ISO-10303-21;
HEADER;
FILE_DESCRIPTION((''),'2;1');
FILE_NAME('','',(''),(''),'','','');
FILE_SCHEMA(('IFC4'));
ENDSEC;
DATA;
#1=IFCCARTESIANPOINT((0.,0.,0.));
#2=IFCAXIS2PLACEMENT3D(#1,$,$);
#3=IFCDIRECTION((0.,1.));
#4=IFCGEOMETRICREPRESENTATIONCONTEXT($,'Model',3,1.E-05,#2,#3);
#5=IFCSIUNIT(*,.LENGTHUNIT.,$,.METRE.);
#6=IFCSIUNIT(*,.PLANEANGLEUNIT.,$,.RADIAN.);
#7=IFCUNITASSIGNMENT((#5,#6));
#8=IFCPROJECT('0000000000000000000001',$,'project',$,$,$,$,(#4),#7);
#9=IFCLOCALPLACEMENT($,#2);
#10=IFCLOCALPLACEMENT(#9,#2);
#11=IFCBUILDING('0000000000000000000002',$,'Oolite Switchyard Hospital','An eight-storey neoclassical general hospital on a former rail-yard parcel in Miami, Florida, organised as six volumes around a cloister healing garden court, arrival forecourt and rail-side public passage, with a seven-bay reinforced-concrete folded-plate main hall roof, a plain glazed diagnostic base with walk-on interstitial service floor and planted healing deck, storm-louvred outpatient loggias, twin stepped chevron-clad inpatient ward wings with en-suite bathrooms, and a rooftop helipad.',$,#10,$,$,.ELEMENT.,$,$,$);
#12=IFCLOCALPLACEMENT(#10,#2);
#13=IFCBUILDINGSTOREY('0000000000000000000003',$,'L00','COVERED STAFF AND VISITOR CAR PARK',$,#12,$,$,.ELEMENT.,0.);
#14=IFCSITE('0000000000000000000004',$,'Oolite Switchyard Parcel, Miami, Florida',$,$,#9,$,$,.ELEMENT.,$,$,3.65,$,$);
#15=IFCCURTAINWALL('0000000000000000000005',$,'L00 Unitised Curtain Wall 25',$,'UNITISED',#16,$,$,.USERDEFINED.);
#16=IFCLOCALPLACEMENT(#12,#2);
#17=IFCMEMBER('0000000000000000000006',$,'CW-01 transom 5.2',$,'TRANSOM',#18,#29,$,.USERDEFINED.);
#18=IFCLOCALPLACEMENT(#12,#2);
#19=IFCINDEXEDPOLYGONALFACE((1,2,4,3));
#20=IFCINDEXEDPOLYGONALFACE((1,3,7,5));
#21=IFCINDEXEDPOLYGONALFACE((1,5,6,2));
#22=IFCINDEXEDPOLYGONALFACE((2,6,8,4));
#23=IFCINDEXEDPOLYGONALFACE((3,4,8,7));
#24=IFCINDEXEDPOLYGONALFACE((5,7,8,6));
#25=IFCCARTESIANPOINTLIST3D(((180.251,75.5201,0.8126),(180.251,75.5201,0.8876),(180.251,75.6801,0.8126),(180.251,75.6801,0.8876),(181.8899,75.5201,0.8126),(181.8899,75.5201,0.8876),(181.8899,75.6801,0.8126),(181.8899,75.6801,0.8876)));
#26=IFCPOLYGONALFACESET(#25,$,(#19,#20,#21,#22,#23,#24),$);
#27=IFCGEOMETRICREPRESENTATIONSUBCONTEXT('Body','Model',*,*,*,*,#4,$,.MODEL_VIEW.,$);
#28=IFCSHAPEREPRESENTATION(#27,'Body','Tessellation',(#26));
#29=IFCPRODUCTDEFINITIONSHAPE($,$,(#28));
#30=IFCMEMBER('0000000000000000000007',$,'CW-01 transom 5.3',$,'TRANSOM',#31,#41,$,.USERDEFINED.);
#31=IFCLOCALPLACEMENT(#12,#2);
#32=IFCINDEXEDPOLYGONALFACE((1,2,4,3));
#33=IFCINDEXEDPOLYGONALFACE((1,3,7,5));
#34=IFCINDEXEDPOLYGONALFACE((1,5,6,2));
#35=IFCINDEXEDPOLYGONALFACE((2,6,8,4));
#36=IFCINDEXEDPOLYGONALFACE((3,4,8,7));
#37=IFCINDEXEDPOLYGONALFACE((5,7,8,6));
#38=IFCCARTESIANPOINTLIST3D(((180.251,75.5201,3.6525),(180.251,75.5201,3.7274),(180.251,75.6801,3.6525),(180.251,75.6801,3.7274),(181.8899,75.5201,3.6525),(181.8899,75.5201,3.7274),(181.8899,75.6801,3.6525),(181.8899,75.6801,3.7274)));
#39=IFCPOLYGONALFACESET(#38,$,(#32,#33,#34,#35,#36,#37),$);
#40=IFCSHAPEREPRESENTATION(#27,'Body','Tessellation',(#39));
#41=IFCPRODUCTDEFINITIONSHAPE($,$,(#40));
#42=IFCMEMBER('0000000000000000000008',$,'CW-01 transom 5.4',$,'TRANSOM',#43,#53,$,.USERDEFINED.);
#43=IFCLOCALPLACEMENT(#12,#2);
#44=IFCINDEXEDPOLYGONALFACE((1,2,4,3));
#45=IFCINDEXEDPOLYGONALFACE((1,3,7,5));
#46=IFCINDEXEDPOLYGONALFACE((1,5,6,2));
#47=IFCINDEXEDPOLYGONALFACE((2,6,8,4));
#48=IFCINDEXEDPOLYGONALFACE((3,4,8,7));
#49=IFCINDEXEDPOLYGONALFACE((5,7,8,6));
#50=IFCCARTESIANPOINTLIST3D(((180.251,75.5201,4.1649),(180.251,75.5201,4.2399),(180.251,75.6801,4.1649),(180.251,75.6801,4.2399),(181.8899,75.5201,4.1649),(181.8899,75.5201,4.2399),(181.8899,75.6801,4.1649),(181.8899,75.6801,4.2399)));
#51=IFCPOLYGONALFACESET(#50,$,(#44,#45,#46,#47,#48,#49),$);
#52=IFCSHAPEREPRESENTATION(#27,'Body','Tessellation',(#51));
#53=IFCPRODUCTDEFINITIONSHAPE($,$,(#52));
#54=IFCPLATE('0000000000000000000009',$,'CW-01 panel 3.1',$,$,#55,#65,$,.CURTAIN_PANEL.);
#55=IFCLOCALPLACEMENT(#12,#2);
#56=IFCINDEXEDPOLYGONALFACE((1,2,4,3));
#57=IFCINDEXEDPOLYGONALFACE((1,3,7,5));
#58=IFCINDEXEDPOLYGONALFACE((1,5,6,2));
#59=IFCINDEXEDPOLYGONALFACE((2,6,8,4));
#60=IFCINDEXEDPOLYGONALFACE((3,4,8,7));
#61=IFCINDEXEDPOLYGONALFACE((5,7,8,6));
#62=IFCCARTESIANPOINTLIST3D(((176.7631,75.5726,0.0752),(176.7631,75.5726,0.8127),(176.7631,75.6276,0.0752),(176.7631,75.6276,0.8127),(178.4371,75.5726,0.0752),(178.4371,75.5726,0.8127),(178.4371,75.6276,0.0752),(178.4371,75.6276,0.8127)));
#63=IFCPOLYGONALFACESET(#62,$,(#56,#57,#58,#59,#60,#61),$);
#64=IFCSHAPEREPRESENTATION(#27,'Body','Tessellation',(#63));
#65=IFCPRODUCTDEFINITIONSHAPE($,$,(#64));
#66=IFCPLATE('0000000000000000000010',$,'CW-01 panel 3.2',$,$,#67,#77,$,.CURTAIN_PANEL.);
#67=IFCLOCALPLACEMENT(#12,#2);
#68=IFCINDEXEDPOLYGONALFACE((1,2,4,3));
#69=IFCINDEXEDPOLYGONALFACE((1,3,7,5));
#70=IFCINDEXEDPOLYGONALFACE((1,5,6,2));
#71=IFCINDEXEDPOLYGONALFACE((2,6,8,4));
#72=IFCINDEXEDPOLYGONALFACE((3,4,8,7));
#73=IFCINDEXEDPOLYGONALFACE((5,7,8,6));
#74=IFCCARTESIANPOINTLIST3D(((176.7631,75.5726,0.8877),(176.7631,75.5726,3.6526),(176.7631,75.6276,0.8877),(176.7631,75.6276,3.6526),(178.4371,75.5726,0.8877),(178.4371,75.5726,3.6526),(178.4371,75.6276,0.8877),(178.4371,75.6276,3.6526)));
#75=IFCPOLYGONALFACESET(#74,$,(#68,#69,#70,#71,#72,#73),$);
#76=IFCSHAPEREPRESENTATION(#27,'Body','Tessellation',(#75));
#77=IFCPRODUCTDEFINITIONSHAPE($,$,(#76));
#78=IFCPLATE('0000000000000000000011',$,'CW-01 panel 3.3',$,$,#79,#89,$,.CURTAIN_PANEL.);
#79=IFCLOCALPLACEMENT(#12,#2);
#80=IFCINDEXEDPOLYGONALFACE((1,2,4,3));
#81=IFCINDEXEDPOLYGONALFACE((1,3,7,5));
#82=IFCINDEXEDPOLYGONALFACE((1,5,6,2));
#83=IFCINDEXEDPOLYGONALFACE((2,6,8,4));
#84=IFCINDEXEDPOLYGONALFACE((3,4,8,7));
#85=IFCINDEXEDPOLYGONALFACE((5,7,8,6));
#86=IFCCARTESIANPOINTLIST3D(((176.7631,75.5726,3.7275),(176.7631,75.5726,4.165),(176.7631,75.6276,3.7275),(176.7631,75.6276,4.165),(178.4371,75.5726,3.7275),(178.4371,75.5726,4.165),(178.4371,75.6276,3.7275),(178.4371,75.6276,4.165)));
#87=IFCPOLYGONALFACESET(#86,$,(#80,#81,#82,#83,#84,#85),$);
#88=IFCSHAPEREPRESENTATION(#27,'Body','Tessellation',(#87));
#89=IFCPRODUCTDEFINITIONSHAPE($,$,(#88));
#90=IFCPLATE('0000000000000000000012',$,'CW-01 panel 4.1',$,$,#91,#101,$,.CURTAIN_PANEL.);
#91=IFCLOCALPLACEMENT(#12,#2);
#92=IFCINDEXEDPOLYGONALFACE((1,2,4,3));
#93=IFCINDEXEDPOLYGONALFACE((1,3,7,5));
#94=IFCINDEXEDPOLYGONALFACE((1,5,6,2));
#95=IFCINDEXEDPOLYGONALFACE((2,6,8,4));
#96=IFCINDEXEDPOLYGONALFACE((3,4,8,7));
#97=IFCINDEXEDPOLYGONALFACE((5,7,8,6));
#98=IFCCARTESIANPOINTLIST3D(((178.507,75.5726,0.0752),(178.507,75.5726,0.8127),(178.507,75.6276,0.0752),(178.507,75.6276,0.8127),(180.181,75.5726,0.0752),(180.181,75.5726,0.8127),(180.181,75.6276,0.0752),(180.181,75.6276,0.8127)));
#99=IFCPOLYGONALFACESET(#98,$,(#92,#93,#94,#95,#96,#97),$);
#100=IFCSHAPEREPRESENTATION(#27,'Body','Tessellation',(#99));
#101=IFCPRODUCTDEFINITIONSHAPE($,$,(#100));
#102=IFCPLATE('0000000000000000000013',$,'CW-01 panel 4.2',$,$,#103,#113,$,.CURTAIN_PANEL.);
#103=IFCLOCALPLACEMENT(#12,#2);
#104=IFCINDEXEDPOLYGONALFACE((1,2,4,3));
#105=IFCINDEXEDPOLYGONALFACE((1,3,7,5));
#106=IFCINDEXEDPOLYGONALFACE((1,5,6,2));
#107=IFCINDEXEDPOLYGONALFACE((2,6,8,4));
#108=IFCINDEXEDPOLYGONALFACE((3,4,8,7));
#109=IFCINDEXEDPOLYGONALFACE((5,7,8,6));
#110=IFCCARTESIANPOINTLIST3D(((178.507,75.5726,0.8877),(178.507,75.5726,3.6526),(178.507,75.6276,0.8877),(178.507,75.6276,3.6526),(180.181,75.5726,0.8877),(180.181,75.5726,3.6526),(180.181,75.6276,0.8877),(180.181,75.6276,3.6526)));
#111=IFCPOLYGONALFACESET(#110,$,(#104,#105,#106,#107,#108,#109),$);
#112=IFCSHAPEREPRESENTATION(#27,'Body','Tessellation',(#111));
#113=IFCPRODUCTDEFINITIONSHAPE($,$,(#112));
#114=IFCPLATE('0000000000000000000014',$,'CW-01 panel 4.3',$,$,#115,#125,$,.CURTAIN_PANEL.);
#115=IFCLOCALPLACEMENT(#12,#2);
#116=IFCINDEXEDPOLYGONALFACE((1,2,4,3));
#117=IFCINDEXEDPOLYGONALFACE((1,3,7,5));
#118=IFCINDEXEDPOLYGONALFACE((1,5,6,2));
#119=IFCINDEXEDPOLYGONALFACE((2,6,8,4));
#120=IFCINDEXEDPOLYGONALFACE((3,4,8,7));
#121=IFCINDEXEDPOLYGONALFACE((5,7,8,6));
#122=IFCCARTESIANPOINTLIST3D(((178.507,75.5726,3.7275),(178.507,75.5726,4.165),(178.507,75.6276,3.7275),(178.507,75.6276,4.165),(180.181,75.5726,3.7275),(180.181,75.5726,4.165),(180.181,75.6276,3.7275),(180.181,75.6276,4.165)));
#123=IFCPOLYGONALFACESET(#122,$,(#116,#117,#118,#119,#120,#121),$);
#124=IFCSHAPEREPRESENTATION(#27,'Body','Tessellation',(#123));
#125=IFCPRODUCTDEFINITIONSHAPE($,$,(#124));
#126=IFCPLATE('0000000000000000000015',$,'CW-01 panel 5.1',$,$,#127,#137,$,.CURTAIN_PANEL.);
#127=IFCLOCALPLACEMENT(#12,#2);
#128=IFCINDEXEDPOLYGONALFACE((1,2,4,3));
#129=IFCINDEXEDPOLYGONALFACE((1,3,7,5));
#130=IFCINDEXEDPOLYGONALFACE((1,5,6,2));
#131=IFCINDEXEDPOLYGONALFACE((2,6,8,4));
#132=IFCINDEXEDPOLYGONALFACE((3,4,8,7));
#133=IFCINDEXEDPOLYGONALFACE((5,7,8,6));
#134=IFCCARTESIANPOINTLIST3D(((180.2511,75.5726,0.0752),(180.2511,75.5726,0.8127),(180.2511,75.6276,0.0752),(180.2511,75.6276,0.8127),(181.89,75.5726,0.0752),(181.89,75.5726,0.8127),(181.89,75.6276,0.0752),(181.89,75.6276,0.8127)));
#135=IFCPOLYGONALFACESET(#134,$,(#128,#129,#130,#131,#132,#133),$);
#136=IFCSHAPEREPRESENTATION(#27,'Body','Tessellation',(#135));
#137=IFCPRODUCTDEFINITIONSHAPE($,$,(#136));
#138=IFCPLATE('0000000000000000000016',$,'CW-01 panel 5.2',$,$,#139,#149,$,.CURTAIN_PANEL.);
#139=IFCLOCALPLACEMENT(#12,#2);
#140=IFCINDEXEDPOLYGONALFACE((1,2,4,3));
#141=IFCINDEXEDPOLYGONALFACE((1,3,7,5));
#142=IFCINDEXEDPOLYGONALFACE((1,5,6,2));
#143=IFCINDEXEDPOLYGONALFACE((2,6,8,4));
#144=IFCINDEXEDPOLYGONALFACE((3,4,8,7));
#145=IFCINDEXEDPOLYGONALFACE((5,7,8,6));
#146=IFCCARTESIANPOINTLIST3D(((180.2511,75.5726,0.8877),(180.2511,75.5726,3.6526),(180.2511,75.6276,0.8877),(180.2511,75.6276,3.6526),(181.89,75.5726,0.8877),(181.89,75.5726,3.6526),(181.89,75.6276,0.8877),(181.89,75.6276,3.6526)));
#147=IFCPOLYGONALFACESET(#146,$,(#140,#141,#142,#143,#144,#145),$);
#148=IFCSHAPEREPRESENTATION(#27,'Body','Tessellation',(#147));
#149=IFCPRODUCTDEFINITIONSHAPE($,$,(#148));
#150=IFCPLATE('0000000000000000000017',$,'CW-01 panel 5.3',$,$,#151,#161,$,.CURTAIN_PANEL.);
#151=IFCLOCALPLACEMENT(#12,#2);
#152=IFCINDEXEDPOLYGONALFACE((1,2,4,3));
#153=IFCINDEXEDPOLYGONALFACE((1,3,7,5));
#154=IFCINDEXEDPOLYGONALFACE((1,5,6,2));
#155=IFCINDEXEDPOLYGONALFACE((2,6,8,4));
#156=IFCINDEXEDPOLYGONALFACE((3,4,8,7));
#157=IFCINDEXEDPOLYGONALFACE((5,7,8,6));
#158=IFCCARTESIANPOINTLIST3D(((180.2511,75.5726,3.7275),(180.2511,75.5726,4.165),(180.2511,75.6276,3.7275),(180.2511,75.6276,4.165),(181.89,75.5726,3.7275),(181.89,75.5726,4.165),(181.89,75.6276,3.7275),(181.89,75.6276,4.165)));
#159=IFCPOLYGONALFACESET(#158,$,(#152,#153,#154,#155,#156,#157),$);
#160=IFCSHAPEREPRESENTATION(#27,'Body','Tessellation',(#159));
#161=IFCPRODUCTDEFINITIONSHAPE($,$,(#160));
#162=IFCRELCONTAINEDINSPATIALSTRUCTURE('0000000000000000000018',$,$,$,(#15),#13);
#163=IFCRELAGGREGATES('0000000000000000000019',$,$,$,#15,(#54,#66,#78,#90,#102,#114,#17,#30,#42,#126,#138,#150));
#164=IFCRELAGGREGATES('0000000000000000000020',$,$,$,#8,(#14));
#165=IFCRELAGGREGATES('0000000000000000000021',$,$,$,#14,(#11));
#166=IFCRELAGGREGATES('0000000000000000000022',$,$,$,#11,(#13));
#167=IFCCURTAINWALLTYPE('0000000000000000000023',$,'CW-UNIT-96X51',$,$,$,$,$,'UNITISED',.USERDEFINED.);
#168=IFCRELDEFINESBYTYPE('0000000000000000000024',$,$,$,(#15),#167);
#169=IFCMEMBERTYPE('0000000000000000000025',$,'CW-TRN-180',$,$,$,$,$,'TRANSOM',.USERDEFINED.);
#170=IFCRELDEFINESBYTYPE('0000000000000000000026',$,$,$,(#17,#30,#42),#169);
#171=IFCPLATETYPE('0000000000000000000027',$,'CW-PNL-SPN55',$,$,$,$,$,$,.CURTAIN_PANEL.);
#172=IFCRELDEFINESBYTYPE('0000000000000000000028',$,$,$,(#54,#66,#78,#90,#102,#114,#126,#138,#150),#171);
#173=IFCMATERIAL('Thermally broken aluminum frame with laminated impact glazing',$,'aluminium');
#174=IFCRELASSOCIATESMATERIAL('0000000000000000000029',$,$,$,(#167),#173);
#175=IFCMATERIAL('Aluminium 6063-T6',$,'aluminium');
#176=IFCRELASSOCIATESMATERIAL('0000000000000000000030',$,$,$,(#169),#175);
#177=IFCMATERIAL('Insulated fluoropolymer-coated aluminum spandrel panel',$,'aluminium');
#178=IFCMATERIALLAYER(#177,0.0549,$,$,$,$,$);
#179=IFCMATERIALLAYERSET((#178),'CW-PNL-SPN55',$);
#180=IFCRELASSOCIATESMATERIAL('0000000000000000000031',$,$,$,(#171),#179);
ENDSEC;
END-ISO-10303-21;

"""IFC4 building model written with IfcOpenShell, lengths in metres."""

from ifc_helpers import new_model, si_unit, direction, frame, origin, origin_2d, place, context, subcontext, project, spatial, rectangle, extrude, material, layer, layer_set, material_profile, profile_set, type_object, element, aggregate, save


model = new_model("IFC4")

# Units and contexts
model_context = context("Model", 3, precision=1e-05, world=origin(), true_north=direction((0.0, 1.0)))
body_context = subcontext(model_context, "Body", "Model", "MODEL_VIEW")
ifc_project = project(units=[si_unit("LENGTHUNIT", "METRE"), si_unit("PLANEANGLEUNIT", "RADIAN")], contexts=[model_context])

# Site, building, storey
site_placement = place(None, origin())
site = spatial("IfcSite", under=ifc_project, at=site_placement, Name="Oolite Switchyard Parcel, Miami, Florida", CompositionType="ELEMENT", RefElevation=3.65)
building_placement = place(site_placement, origin())
building = spatial("IfcBuilding", under=site, at=building_placement, Name="Oolite Switchyard Hospital", Description="An eight-storey neoclassical general hospital on a former rail-yard parcel in Miami, Florida, organised as six volumes around a cloister healing garden court, arrival forecourt and rail-side public passage, with a seven-bay reinforced-concrete folded-plate main hall roof, a plain glazed diagnostic base with walk-on interstitial service floor and planted healing deck, storm-louvred outpatient loggias, twin stepped chevron-clad inpatient ward wings with en-suite bathrooms, and a rooftop helipad.", CompositionType="ELEMENT")
storey_placement = place(building_placement, origin())
storey = spatial("IfcBuildingStorey", under=building, at=storey_placement, Name="L00", Description="COVERED STAFF AND VISITOR CAR PARK", CompositionType="ELEMENT", Elevation=0.0)

# Curtain wall, members, plates
ifc_material_1 = material(Name="Thermally broken aluminum frame with laminated impact glazing", Category="aluminium")
curtain_wall_type = type_object("IfcCurtainWallType", Name="CW-UNIT-96X51", ElementType="UNITISED", PredefinedType="USERDEFINED", material=ifc_material_1)
curtain_wall_placement = place(storey_placement, origin())
curtain_wall = element("IfcCurtainWall", 1, at=curtain_wall_placement, inside=storey, type_object=curtain_wall_type, Name="L00 Unitised Curtain Wall 25", ObjectType="UNITISED", PredefinedType="USERDEFINED")
ifc_material_2 = material(Name="Aluminium 6063-T6", Category="aluminium")
ifc_material_profile_1 = material_profile(ifc_material_2, rectangle(XDim=0.1599, YDim=0.075, at=origin_2d()), Name="CWT75X160")
ifc_profile_set_1 = profile_set([ifc_material_profile_1], Name="Aluminium 6063-T6")
member_type_1 = type_object("IfcMemberType", Name="CW-TRN-180", ElementType="TRANSOM", PredefinedType="USERDEFINED", material=ifc_profile_set_1)
member_1_placement = place(storey_placement, frame((180.251, 75.6001, 0.8501), z_axis=(1.0, 0.0, 0.0), x_axis=(0.0, 1.0, 0.0)))
member_1 = element("IfcMember", 2, at=member_1_placement, type_object=member_type_1, Name="CW-01 transom 5.2", ObjectType="TRANSOM", PredefinedType="USERDEFINED", context=body_context, shape_type="SweptSolid", body=[
    extrude(rectangle(XDim=0.1599, YDim=0.075, at=origin_2d()), origin(), (0.0, 0.0, 1.0), 1.6389),
])
member_2_placement = place(storey_placement, frame((180.251, 75.6001, 3.6899), z_axis=(1.0, 0.0, 0.0), x_axis=(0.0, 1.0, 0.0)))
member_2 = element("IfcMember", 3, at=member_2_placement, type_object=member_type_1, Name="CW-01 transom 5.3", ObjectType="TRANSOM", PredefinedType="USERDEFINED", context=body_context, shape_type="SweptSolid", body=[
    extrude(rectangle(XDim=0.1599, YDim=0.075, at=origin_2d()), origin(), (0.0, 0.0, 1.0), 1.6389),
])
member_3_placement = place(storey_placement, frame((180.251, 75.6001, 4.2024), z_axis=(1.0, 0.0, 0.0), x_axis=(0.0, 1.0, 0.0)))
member_3 = element("IfcMember", 4, at=member_3_placement, type_object=member_type_1, Name="CW-01 transom 5.4", ObjectType="TRANSOM", PredefinedType="USERDEFINED", context=body_context, shape_type="SweptSolid", body=[
    extrude(rectangle(XDim=0.1599, YDim=0.075, at=origin_2d()), origin(), (0.0, 0.0, 1.0), 1.6389),
])
ifc_material_3 = material(Name="Insulated fluoropolymer-coated aluminum spandrel panel", Category="aluminium")
ifc_layer = layer(ifc_material_3, 0.0549)
ifc_layer_set = layer_set([ifc_layer], Name="CW-PNL-SPN55")
plate_type = type_object("IfcPlateType", Name="CW-PNL-SPN55", PredefinedType="CURTAIN_PANEL", material=ifc_layer_set)
plate_1_placement = place(storey_placement, frame((177.6001, 75.6001, 0.0752), z_axis=(0.0, 0.0, 1.0), x_axis=(1.0, 0.0, 0.0)))
plate_1 = element("IfcPlate", 5, at=plate_1_placement, type_object=plate_type, Name="CW-01 panel 3.1", PredefinedType="CURTAIN_PANEL", context=body_context, shape_type="SweptSolid", body=[
    extrude(rectangle(XDim=1.6741, YDim=0.0549, at=origin_2d()), origin(), (0.0, 0.0, 1.0), 0.7375),
])
plate_2_placement = place(storey_placement, frame((177.6001, 75.6001, 0.8877), z_axis=(0.0, 0.0, 1.0), x_axis=(1.0, 0.0, 0.0)))
plate_2 = element("IfcPlate", 6, at=plate_2_placement, type_object=plate_type, Name="CW-01 panel 3.2", PredefinedType="CURTAIN_PANEL", context=body_context, shape_type="SweptSolid", body=[
    extrude(rectangle(XDim=1.6741, YDim=0.0549, at=origin_2d()), origin(), (0.0, 0.0, 1.0), 2.7649),
])
plate_3_placement = place(storey_placement, frame((177.6001, 75.6001, 3.7275), z_axis=(0.0, 0.0, 1.0), x_axis=(1.0, 0.0, 0.0)))
plate_3 = element("IfcPlate", 7, at=plate_3_placement, type_object=plate_type, Name="CW-01 panel 3.3", PredefinedType="CURTAIN_PANEL", context=body_context, shape_type="SweptSolid", body=[
    extrude(rectangle(XDim=1.6741, YDim=0.0549, at=origin_2d()), origin(), (0.0, 0.0, 1.0), 0.4375),
])
plate_4_placement = place(storey_placement, frame((179.344, 75.6001, 0.0752), z_axis=(0.0, 0.0, 1.0), x_axis=(1.0, 0.0, 0.0)))
plate_4 = element("IfcPlate", 8, at=plate_4_placement, type_object=plate_type, Name="CW-01 panel 4.1", PredefinedType="CURTAIN_PANEL", context=body_context, shape_type="SweptSolid", body=[
    extrude(rectangle(XDim=1.6741, YDim=0.0549, at=origin_2d()), origin(), (0.0, 0.0, 1.0), 0.7375),
])
plate_5_placement = place(storey_placement, frame((179.344, 75.6001, 0.8877), z_axis=(0.0, 0.0, 1.0), x_axis=(1.0, 0.0, 0.0)))
plate_5 = element("IfcPlate", 9, at=plate_5_placement, type_object=plate_type, Name="CW-01 panel 4.2", PredefinedType="CURTAIN_PANEL", context=body_context, shape_type="SweptSolid", body=[
    extrude(rectangle(XDim=1.6741, YDim=0.0549, at=origin_2d()), origin(), (0.0, 0.0, 1.0), 2.7649),
])
plate_6_placement = place(storey_placement, frame((179.344, 75.6001, 3.7275), z_axis=(0.0, 0.0, 1.0), x_axis=(1.0, 0.0, 0.0)))
plate_6 = element("IfcPlate", 10, at=plate_6_placement, type_object=plate_type, Name="CW-01 panel 4.3", PredefinedType="CURTAIN_PANEL", context=body_context, shape_type="SweptSolid", body=[
    extrude(rectangle(XDim=1.6741, YDim=0.0549, at=origin_2d()), origin(), (0.0, 0.0, 1.0), 0.4375),
])
plate_7_placement = place(storey_placement, frame((181.0706, 75.6001, 0.0752), z_axis=(0.0, 0.0, 1.0), x_axis=(1.0, 0.0, 0.0)))
plate_7 = element("IfcPlate", 11, at=plate_7_placement, type_object=plate_type, Name="CW-01 panel 5.1", PredefinedType="CURTAIN_PANEL", context=body_context, shape_type="SweptSolid", body=[
    extrude(rectangle(XDim=1.6389, YDim=0.0549, at=origin_2d()), origin(), (0.0, 0.0, 1.0), 0.7375),
])
plate_8_placement = place(storey_placement, frame((181.0706, 75.6001, 0.8877), z_axis=(0.0, 0.0, 1.0), x_axis=(1.0, 0.0, 0.0)))
plate_8 = element("IfcPlate", 12, at=plate_8_placement, type_object=plate_type, Name="CW-01 panel 5.2", PredefinedType="CURTAIN_PANEL", context=body_context, shape_type="SweptSolid", body=[
    extrude(rectangle(XDim=1.6389, YDim=0.0549, at=origin_2d()), origin(), (0.0, 0.0, 1.0), 2.7649),
])
plate_9_placement = place(storey_placement, frame((181.0706, 75.6001, 3.7275), z_axis=(0.0, 0.0, 1.0), x_axis=(1.0, 0.0, 0.0)))
plate_9 = element("IfcPlate", 13, at=plate_9_placement, type_object=plate_type, Name="CW-01 panel 5.3", PredefinedType="CURTAIN_PANEL", context=body_context, shape_type="SweptSolid", body=[
    extrude(rectangle(XDim=1.6389, YDim=0.0549, at=origin_2d()), origin(), (0.0, 0.0, 1.0), 0.4375),
])
aggregate(curtain_wall, [plate_1, plate_2, plate_3, plate_4, plate_5, plate_6, member_1, member_2, member_3, plate_7, plate_8, plate_9])

save(model, "model.ifc")
